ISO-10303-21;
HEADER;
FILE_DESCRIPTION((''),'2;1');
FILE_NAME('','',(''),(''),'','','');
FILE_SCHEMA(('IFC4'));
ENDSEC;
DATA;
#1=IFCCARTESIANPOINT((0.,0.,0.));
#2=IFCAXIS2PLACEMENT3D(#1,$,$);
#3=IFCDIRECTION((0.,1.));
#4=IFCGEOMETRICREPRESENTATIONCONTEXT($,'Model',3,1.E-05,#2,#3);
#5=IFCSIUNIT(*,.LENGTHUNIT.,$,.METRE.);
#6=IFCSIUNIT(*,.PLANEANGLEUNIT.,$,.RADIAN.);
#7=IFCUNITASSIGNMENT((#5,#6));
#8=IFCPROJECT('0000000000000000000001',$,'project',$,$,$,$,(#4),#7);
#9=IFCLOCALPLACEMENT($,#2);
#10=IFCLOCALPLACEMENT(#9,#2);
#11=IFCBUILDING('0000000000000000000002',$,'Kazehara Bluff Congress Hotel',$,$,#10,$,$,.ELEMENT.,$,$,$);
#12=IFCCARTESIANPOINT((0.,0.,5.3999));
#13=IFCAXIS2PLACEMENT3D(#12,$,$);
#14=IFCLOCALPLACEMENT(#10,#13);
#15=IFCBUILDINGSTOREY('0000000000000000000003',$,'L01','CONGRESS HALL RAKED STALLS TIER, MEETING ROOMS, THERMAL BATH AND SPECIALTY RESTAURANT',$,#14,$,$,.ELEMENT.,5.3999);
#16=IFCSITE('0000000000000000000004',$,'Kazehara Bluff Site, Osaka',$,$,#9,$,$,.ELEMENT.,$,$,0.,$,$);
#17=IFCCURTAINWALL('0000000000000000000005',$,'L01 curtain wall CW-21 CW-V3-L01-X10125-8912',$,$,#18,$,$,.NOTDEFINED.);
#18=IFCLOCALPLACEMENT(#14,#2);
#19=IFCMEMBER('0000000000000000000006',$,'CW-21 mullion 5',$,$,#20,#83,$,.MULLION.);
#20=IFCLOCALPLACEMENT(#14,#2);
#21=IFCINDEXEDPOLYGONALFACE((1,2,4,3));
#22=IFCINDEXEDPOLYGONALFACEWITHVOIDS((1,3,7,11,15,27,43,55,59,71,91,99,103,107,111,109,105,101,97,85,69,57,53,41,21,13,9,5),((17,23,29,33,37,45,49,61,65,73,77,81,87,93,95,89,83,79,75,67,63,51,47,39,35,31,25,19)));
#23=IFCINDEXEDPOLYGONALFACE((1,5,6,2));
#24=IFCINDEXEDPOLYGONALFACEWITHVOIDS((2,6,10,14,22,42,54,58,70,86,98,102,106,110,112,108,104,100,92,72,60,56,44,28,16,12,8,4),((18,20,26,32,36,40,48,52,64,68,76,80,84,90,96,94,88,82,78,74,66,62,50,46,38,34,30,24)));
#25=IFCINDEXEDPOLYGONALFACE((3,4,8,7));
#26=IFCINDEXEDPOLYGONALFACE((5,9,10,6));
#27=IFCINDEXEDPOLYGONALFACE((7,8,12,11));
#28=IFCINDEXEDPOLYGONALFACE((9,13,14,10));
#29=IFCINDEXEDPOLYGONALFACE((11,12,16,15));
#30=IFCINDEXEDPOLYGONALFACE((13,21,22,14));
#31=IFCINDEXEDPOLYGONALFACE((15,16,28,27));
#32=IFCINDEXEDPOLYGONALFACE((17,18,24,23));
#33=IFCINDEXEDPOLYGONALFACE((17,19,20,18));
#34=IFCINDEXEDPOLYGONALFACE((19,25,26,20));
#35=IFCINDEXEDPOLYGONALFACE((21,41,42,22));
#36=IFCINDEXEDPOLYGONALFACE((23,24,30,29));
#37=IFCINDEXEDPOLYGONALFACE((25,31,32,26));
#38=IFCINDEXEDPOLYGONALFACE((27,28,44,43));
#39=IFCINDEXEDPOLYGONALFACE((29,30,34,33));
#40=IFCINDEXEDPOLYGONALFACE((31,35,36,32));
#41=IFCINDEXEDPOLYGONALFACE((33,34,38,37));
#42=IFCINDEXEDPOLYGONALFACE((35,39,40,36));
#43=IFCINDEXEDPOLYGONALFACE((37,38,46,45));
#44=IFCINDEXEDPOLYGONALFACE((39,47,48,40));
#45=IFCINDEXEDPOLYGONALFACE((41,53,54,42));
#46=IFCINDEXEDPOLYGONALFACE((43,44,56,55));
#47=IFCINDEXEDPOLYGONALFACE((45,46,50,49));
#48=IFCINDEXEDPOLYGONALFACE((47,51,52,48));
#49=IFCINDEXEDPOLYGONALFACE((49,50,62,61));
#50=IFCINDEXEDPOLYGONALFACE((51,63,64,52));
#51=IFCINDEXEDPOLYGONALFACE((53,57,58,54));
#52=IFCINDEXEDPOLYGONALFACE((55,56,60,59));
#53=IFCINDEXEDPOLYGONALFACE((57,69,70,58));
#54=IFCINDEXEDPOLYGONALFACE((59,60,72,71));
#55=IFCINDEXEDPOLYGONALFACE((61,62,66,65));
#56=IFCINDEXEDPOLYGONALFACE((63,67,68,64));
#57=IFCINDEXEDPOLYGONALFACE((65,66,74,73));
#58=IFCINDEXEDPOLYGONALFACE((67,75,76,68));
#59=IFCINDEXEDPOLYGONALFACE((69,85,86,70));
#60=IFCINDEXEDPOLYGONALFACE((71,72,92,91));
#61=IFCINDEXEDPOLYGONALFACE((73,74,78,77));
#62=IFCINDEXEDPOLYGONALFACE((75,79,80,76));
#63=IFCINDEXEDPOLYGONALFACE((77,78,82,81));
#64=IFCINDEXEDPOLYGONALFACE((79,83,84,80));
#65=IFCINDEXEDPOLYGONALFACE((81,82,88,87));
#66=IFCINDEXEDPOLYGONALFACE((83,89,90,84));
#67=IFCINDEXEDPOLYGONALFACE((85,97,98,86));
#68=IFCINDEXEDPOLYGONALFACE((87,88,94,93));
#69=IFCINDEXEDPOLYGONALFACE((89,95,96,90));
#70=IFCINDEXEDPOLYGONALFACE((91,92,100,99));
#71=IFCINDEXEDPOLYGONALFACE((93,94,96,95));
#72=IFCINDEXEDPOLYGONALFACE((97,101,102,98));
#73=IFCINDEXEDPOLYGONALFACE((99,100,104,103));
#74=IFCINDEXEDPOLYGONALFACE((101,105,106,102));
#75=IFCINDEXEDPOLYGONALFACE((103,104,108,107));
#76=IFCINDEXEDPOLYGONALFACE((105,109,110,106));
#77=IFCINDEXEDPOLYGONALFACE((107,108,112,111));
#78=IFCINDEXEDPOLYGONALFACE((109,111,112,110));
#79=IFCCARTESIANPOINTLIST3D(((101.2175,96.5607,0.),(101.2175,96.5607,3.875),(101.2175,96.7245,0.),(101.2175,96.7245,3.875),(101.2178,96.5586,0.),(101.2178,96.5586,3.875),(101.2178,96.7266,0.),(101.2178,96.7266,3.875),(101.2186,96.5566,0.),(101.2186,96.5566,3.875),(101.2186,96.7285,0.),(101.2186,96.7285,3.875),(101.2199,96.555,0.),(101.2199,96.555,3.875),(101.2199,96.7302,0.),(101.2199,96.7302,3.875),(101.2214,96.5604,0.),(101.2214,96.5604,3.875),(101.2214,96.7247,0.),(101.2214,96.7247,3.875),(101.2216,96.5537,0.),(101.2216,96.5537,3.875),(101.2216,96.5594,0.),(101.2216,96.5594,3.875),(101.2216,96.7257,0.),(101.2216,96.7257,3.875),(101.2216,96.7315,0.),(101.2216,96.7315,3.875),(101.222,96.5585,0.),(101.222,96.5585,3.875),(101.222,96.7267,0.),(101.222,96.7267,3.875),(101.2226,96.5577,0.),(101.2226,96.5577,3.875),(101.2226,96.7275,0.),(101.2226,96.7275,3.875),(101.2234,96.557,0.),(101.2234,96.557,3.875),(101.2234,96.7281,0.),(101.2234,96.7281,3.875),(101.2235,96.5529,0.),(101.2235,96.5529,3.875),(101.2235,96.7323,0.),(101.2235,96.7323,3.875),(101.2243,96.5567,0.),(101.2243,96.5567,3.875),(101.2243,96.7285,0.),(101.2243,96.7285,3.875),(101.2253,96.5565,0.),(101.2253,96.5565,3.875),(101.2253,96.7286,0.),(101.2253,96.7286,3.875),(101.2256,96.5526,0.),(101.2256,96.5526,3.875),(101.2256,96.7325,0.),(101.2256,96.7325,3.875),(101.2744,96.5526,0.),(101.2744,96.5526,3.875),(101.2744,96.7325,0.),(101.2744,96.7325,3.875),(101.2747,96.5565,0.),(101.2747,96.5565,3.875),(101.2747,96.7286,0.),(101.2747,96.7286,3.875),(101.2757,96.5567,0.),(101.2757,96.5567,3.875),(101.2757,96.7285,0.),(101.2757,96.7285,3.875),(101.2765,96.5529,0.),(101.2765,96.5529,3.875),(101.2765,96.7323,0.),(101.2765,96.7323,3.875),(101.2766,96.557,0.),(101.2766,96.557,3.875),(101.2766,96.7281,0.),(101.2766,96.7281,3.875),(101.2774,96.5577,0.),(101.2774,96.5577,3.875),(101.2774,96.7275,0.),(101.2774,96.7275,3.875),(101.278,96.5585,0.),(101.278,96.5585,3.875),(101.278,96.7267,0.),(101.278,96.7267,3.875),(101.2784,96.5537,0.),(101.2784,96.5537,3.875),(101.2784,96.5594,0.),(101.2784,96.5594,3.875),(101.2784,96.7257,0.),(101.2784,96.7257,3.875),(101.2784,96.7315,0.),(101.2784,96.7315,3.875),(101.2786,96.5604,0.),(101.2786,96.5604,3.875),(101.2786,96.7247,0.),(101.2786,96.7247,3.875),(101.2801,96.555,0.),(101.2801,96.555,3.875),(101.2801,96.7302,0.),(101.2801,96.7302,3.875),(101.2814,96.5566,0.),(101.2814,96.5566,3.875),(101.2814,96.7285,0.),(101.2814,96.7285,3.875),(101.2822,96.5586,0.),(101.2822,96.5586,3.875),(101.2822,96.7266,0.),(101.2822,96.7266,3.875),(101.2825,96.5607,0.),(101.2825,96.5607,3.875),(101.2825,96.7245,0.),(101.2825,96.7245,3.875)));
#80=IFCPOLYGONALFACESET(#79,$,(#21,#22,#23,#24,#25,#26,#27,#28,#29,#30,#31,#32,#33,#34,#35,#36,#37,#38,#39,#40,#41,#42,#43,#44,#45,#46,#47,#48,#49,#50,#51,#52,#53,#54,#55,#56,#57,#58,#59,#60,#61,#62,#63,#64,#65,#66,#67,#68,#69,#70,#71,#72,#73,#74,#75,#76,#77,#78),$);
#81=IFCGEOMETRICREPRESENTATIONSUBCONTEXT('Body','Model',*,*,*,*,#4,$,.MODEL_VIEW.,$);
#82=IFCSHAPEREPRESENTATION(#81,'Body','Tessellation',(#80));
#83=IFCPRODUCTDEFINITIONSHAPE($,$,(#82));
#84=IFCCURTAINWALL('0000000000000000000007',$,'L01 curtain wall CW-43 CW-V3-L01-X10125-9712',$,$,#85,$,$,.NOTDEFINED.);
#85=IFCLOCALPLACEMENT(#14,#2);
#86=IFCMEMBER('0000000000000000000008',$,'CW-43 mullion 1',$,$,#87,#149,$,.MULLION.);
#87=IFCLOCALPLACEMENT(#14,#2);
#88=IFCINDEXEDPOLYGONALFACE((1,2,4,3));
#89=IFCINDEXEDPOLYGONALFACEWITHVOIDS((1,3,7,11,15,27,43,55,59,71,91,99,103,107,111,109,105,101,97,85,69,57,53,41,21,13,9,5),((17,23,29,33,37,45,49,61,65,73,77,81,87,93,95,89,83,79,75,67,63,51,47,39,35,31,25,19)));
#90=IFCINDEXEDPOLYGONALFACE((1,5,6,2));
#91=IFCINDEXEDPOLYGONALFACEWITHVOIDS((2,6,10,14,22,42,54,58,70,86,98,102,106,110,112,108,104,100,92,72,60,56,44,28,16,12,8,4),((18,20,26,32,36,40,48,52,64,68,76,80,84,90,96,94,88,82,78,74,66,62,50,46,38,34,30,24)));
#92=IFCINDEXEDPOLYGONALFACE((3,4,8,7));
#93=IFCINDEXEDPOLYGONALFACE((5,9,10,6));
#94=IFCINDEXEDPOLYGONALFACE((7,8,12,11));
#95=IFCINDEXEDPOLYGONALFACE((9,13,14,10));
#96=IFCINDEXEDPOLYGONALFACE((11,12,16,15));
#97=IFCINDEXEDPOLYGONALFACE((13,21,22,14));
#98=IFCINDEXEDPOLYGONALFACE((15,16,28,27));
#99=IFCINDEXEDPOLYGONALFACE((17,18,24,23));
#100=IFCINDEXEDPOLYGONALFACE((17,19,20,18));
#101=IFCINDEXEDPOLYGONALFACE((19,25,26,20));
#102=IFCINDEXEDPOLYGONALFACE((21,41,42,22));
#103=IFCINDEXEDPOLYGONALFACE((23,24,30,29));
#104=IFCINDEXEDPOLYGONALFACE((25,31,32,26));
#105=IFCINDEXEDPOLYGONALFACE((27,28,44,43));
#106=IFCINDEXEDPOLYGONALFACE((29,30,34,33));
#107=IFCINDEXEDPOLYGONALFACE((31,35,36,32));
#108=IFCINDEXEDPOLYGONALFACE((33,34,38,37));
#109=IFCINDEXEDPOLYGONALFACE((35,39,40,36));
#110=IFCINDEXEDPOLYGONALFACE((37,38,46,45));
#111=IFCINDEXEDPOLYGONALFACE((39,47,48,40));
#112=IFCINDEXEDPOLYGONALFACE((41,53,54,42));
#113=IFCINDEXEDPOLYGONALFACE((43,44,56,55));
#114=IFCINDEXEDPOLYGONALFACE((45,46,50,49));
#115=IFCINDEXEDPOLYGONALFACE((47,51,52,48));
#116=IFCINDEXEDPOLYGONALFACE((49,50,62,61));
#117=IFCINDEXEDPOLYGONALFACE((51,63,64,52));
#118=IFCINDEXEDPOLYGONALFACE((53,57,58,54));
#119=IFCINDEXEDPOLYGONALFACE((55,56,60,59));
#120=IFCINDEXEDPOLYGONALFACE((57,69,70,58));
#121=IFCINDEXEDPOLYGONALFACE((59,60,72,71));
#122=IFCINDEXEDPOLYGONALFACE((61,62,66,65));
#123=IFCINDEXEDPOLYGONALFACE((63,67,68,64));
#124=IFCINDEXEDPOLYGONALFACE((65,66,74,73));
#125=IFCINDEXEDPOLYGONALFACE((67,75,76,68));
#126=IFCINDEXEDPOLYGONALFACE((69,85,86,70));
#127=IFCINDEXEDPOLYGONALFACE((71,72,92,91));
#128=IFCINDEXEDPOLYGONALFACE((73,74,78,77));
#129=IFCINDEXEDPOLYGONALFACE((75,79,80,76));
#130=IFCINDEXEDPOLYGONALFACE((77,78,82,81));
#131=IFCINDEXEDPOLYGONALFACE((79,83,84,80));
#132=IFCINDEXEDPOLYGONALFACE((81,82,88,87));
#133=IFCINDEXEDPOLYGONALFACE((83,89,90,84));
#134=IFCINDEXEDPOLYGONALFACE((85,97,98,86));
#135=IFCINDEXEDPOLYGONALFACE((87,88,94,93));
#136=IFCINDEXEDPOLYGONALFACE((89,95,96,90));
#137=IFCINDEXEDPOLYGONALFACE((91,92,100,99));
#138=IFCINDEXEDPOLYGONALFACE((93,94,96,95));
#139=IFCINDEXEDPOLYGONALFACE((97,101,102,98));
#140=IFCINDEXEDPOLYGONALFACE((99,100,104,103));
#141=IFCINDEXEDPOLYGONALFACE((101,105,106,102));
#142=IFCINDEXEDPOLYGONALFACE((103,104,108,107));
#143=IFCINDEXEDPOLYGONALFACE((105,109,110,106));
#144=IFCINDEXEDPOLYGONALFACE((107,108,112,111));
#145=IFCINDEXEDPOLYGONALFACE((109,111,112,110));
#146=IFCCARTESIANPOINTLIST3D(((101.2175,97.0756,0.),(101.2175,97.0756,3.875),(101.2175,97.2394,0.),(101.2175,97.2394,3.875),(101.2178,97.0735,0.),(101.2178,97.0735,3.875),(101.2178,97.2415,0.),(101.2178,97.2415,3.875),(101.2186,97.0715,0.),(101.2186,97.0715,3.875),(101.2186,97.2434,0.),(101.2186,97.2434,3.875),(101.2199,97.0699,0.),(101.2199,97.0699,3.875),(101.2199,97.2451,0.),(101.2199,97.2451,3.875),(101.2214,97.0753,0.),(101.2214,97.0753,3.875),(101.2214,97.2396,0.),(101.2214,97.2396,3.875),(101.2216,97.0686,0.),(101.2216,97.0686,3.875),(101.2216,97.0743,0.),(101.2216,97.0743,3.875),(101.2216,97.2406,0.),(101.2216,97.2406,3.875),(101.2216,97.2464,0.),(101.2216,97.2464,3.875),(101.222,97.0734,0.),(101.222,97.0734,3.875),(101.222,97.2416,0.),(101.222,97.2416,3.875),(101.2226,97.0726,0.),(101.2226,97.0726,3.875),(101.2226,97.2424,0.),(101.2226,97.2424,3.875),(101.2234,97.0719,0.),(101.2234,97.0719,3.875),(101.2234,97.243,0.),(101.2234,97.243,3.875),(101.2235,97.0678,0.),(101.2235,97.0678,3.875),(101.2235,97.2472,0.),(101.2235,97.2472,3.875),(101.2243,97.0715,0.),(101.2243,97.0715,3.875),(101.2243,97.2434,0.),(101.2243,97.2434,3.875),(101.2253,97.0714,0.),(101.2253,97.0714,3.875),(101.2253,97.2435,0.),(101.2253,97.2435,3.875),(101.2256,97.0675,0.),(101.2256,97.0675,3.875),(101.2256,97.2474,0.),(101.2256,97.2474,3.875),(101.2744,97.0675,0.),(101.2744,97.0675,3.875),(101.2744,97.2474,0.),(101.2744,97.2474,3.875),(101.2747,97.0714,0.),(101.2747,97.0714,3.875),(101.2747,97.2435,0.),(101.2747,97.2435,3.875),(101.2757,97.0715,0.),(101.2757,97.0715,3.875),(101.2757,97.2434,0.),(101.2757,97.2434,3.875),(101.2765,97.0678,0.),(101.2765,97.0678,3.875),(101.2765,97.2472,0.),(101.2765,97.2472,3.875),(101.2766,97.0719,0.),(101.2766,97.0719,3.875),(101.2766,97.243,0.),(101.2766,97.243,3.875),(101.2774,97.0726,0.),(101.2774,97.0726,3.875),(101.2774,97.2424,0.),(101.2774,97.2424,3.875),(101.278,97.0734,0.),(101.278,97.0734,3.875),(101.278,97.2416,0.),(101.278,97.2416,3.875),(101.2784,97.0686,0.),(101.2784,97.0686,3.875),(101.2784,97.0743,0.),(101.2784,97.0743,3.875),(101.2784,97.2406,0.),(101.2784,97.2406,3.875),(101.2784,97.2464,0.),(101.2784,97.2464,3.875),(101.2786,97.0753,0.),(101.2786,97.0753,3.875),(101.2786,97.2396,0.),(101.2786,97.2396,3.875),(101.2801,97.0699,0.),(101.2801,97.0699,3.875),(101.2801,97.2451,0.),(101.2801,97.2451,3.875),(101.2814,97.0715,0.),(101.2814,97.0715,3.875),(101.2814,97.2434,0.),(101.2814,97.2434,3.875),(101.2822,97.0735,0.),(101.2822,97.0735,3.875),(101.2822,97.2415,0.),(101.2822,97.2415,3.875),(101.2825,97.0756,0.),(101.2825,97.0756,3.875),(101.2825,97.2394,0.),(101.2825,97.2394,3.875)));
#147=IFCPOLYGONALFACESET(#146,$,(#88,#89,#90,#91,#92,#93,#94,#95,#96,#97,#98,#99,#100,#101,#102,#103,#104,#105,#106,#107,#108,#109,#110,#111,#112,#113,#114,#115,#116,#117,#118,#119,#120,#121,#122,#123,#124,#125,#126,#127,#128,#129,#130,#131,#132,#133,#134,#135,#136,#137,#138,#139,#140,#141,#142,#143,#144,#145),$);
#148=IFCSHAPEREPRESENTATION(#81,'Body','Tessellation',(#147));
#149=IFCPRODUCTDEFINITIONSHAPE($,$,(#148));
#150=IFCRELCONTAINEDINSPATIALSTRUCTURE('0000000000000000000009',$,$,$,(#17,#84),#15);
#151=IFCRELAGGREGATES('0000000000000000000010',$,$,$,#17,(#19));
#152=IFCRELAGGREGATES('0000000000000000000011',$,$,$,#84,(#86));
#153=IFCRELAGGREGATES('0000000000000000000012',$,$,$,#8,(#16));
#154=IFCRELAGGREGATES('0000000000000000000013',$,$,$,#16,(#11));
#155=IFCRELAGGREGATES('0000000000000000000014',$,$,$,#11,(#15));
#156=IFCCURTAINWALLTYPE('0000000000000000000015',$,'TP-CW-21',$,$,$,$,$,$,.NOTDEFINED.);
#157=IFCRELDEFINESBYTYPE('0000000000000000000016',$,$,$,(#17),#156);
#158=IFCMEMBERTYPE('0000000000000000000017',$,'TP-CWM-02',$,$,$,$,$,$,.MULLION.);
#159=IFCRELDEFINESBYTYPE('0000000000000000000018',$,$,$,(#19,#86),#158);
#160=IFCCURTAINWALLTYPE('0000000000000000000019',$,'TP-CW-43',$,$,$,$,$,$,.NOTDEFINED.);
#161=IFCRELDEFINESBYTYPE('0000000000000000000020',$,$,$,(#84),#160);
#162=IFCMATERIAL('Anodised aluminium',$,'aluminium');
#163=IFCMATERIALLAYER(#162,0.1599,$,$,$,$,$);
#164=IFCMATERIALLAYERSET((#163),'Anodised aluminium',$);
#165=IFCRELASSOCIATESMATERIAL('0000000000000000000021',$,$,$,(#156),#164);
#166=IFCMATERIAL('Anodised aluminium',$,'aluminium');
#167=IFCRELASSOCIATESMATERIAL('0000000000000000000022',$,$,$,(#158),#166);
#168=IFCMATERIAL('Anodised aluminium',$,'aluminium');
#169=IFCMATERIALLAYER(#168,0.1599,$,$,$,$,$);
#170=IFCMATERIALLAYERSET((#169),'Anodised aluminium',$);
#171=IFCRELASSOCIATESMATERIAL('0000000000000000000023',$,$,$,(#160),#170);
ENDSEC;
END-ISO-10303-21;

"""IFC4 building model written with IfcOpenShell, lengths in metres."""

from ifc_helpers import new_model, si_unit, direction, frame, origin, origin_2d, place, context, subcontext, project, spatial, hollow_rectangle, extrude, material, layer, layer_set, material_profile, profile_set, type_object, element, aggregate, save


model = new_model("IFC4")

# Units and contexts
model_context = context("Model", 3, precision=1e-05, world=origin(), true_north=direction((0.0, 1.0)))
body_context = subcontext(model_context, "Body", "Model", "MODEL_VIEW")
ifc_project = project(units=[si_unit("LENGTHUNIT", "METRE"), si_unit("PLANEANGLEUNIT", "RADIAN")], contexts=[model_context])

# Site, building, storey
site_placement = place(None, origin())
site = spatial("IfcSite", under=ifc_project, at=site_placement, Name="Kazehara Bluff Site, Osaka", CompositionType="ELEMENT", RefElevation=0.0)
building_placement = place(site_placement, origin())
building = spatial("IfcBuilding", under=site, at=building_placement, Name="Kazehara Bluff Congress Hotel", CompositionType="ELEMENT")
storey_placement = place(building_placement, frame((0.0, 0.0, 5.3999)))
storey = spatial("IfcBuildingStorey", under=building, at=storey_placement, Name="L01", Description="CONGRESS HALL RAKED STALLS TIER, MEETING ROOMS, THERMAL BATH AND SPECIALTY RESTAURANT", CompositionType="ELEMENT", Elevation=5.3999)

# Curtain walls, members
ifc_material_1 = material(Name="Anodised aluminium", Category="aluminium")
ifc_layer_1 = layer(ifc_material_1, 0.1599)
ifc_layer_set_1 = layer_set([ifc_layer_1], Name="Anodised aluminium")
curtain_wall_type_1 = type_object("IfcCurtainWallType", Name="TP-CW-21", PredefinedType="NOTDEFINED", material=ifc_layer_set_1)
curtain_wall_1_placement = place(storey_placement, origin())
curtain_wall_1 = element("IfcCurtainWall", 1, at=curtain_wall_1_placement, inside=storey, type_object=curtain_wall_type_1, Name="L01 curtain wall CW-21 CW-V3-L01-X10125-8912", PredefinedType="NOTDEFINED")
ifc_material_2 = material(Name="Anodised aluminium", Category="aluminium")
ifc_material_profile_1 = material_profile(ifc_material_2, hollow_rectangle(XDim=0.0649, YDim=0.1799, WallThickness=0.0039, InnerFilletRadius=0.0039, OuterFilletRadius=0.0081, at=origin_2d()))
ifc_profile_set_1 = profile_set([ifc_material_profile_1], Name="Anodised aluminium")
member_type_1 = type_object("IfcMemberType", Name="TP-CWM-02", PredefinedType="MULLION", material=ifc_profile_set_1)
member_1_placement = place(storey_placement, frame((101.25, 96.6426, 0.0), z_axis=(0.0, 0.0, 1.0), x_axis=(-1.0, 0.0, 0.0)))
member_1 = element("IfcMember", 2, at=member_1_placement, type_object=member_type_1, Name="CW-21 mullion 5", PredefinedType="MULLION", context=body_context, shape_type="SweptSolid", body=[
    extrude(hollow_rectangle(XDim=0.0649, YDim=0.1799, WallThickness=0.0039, InnerFilletRadius=0.0039, OuterFilletRadius=0.0081, at=origin_2d()), origin(), (0.0, 0.0, 1.0), 3.875),
])
ifc_material_3 = material(Name="Anodised aluminium", Category="aluminium")
ifc_layer_2 = layer(ifc_material_3, 0.1599)
ifc_layer_set_2 = layer_set([ifc_layer_2], Name="Anodised aluminium")
curtain_wall_type_2 = type_object("IfcCurtainWallType", Name="TP-CW-43", PredefinedType="NOTDEFINED", material=ifc_layer_set_2)
curtain_wall_2_placement = place(storey_placement, origin())
curtain_wall_2 = element("IfcCurtainWall", 3, at=curtain_wall_2_placement, inside=storey, type_object=curtain_wall_type_2, Name="L01 curtain wall CW-43 CW-V3-L01-X10125-9712", PredefinedType="NOTDEFINED")
member_2_placement = place(storey_placement, frame((101.25, 97.1575, 0.0), z_axis=(0.0, 0.0, 1.0), x_axis=(-1.0, 0.0, 0.0)))
member_2 = element("IfcMember", 4, at=member_2_placement, type_object=member_type_1, Name="CW-43 mullion 1", PredefinedType="MULLION", context=body_context, shape_type="SweptSolid", body=[
    extrude(hollow_rectangle(XDim=0.0649, YDim=0.1799, WallThickness=0.0039, InnerFilletRadius=0.0039, OuterFilletRadius=0.0081, at=origin_2d()), origin(), (0.0, 0.0, 1.0), 3.875),
])

aggregate(curtain_wall_1, [member_1])
aggregate(curtain_wall_2, [member_2])

save(model, "model.ifc")
